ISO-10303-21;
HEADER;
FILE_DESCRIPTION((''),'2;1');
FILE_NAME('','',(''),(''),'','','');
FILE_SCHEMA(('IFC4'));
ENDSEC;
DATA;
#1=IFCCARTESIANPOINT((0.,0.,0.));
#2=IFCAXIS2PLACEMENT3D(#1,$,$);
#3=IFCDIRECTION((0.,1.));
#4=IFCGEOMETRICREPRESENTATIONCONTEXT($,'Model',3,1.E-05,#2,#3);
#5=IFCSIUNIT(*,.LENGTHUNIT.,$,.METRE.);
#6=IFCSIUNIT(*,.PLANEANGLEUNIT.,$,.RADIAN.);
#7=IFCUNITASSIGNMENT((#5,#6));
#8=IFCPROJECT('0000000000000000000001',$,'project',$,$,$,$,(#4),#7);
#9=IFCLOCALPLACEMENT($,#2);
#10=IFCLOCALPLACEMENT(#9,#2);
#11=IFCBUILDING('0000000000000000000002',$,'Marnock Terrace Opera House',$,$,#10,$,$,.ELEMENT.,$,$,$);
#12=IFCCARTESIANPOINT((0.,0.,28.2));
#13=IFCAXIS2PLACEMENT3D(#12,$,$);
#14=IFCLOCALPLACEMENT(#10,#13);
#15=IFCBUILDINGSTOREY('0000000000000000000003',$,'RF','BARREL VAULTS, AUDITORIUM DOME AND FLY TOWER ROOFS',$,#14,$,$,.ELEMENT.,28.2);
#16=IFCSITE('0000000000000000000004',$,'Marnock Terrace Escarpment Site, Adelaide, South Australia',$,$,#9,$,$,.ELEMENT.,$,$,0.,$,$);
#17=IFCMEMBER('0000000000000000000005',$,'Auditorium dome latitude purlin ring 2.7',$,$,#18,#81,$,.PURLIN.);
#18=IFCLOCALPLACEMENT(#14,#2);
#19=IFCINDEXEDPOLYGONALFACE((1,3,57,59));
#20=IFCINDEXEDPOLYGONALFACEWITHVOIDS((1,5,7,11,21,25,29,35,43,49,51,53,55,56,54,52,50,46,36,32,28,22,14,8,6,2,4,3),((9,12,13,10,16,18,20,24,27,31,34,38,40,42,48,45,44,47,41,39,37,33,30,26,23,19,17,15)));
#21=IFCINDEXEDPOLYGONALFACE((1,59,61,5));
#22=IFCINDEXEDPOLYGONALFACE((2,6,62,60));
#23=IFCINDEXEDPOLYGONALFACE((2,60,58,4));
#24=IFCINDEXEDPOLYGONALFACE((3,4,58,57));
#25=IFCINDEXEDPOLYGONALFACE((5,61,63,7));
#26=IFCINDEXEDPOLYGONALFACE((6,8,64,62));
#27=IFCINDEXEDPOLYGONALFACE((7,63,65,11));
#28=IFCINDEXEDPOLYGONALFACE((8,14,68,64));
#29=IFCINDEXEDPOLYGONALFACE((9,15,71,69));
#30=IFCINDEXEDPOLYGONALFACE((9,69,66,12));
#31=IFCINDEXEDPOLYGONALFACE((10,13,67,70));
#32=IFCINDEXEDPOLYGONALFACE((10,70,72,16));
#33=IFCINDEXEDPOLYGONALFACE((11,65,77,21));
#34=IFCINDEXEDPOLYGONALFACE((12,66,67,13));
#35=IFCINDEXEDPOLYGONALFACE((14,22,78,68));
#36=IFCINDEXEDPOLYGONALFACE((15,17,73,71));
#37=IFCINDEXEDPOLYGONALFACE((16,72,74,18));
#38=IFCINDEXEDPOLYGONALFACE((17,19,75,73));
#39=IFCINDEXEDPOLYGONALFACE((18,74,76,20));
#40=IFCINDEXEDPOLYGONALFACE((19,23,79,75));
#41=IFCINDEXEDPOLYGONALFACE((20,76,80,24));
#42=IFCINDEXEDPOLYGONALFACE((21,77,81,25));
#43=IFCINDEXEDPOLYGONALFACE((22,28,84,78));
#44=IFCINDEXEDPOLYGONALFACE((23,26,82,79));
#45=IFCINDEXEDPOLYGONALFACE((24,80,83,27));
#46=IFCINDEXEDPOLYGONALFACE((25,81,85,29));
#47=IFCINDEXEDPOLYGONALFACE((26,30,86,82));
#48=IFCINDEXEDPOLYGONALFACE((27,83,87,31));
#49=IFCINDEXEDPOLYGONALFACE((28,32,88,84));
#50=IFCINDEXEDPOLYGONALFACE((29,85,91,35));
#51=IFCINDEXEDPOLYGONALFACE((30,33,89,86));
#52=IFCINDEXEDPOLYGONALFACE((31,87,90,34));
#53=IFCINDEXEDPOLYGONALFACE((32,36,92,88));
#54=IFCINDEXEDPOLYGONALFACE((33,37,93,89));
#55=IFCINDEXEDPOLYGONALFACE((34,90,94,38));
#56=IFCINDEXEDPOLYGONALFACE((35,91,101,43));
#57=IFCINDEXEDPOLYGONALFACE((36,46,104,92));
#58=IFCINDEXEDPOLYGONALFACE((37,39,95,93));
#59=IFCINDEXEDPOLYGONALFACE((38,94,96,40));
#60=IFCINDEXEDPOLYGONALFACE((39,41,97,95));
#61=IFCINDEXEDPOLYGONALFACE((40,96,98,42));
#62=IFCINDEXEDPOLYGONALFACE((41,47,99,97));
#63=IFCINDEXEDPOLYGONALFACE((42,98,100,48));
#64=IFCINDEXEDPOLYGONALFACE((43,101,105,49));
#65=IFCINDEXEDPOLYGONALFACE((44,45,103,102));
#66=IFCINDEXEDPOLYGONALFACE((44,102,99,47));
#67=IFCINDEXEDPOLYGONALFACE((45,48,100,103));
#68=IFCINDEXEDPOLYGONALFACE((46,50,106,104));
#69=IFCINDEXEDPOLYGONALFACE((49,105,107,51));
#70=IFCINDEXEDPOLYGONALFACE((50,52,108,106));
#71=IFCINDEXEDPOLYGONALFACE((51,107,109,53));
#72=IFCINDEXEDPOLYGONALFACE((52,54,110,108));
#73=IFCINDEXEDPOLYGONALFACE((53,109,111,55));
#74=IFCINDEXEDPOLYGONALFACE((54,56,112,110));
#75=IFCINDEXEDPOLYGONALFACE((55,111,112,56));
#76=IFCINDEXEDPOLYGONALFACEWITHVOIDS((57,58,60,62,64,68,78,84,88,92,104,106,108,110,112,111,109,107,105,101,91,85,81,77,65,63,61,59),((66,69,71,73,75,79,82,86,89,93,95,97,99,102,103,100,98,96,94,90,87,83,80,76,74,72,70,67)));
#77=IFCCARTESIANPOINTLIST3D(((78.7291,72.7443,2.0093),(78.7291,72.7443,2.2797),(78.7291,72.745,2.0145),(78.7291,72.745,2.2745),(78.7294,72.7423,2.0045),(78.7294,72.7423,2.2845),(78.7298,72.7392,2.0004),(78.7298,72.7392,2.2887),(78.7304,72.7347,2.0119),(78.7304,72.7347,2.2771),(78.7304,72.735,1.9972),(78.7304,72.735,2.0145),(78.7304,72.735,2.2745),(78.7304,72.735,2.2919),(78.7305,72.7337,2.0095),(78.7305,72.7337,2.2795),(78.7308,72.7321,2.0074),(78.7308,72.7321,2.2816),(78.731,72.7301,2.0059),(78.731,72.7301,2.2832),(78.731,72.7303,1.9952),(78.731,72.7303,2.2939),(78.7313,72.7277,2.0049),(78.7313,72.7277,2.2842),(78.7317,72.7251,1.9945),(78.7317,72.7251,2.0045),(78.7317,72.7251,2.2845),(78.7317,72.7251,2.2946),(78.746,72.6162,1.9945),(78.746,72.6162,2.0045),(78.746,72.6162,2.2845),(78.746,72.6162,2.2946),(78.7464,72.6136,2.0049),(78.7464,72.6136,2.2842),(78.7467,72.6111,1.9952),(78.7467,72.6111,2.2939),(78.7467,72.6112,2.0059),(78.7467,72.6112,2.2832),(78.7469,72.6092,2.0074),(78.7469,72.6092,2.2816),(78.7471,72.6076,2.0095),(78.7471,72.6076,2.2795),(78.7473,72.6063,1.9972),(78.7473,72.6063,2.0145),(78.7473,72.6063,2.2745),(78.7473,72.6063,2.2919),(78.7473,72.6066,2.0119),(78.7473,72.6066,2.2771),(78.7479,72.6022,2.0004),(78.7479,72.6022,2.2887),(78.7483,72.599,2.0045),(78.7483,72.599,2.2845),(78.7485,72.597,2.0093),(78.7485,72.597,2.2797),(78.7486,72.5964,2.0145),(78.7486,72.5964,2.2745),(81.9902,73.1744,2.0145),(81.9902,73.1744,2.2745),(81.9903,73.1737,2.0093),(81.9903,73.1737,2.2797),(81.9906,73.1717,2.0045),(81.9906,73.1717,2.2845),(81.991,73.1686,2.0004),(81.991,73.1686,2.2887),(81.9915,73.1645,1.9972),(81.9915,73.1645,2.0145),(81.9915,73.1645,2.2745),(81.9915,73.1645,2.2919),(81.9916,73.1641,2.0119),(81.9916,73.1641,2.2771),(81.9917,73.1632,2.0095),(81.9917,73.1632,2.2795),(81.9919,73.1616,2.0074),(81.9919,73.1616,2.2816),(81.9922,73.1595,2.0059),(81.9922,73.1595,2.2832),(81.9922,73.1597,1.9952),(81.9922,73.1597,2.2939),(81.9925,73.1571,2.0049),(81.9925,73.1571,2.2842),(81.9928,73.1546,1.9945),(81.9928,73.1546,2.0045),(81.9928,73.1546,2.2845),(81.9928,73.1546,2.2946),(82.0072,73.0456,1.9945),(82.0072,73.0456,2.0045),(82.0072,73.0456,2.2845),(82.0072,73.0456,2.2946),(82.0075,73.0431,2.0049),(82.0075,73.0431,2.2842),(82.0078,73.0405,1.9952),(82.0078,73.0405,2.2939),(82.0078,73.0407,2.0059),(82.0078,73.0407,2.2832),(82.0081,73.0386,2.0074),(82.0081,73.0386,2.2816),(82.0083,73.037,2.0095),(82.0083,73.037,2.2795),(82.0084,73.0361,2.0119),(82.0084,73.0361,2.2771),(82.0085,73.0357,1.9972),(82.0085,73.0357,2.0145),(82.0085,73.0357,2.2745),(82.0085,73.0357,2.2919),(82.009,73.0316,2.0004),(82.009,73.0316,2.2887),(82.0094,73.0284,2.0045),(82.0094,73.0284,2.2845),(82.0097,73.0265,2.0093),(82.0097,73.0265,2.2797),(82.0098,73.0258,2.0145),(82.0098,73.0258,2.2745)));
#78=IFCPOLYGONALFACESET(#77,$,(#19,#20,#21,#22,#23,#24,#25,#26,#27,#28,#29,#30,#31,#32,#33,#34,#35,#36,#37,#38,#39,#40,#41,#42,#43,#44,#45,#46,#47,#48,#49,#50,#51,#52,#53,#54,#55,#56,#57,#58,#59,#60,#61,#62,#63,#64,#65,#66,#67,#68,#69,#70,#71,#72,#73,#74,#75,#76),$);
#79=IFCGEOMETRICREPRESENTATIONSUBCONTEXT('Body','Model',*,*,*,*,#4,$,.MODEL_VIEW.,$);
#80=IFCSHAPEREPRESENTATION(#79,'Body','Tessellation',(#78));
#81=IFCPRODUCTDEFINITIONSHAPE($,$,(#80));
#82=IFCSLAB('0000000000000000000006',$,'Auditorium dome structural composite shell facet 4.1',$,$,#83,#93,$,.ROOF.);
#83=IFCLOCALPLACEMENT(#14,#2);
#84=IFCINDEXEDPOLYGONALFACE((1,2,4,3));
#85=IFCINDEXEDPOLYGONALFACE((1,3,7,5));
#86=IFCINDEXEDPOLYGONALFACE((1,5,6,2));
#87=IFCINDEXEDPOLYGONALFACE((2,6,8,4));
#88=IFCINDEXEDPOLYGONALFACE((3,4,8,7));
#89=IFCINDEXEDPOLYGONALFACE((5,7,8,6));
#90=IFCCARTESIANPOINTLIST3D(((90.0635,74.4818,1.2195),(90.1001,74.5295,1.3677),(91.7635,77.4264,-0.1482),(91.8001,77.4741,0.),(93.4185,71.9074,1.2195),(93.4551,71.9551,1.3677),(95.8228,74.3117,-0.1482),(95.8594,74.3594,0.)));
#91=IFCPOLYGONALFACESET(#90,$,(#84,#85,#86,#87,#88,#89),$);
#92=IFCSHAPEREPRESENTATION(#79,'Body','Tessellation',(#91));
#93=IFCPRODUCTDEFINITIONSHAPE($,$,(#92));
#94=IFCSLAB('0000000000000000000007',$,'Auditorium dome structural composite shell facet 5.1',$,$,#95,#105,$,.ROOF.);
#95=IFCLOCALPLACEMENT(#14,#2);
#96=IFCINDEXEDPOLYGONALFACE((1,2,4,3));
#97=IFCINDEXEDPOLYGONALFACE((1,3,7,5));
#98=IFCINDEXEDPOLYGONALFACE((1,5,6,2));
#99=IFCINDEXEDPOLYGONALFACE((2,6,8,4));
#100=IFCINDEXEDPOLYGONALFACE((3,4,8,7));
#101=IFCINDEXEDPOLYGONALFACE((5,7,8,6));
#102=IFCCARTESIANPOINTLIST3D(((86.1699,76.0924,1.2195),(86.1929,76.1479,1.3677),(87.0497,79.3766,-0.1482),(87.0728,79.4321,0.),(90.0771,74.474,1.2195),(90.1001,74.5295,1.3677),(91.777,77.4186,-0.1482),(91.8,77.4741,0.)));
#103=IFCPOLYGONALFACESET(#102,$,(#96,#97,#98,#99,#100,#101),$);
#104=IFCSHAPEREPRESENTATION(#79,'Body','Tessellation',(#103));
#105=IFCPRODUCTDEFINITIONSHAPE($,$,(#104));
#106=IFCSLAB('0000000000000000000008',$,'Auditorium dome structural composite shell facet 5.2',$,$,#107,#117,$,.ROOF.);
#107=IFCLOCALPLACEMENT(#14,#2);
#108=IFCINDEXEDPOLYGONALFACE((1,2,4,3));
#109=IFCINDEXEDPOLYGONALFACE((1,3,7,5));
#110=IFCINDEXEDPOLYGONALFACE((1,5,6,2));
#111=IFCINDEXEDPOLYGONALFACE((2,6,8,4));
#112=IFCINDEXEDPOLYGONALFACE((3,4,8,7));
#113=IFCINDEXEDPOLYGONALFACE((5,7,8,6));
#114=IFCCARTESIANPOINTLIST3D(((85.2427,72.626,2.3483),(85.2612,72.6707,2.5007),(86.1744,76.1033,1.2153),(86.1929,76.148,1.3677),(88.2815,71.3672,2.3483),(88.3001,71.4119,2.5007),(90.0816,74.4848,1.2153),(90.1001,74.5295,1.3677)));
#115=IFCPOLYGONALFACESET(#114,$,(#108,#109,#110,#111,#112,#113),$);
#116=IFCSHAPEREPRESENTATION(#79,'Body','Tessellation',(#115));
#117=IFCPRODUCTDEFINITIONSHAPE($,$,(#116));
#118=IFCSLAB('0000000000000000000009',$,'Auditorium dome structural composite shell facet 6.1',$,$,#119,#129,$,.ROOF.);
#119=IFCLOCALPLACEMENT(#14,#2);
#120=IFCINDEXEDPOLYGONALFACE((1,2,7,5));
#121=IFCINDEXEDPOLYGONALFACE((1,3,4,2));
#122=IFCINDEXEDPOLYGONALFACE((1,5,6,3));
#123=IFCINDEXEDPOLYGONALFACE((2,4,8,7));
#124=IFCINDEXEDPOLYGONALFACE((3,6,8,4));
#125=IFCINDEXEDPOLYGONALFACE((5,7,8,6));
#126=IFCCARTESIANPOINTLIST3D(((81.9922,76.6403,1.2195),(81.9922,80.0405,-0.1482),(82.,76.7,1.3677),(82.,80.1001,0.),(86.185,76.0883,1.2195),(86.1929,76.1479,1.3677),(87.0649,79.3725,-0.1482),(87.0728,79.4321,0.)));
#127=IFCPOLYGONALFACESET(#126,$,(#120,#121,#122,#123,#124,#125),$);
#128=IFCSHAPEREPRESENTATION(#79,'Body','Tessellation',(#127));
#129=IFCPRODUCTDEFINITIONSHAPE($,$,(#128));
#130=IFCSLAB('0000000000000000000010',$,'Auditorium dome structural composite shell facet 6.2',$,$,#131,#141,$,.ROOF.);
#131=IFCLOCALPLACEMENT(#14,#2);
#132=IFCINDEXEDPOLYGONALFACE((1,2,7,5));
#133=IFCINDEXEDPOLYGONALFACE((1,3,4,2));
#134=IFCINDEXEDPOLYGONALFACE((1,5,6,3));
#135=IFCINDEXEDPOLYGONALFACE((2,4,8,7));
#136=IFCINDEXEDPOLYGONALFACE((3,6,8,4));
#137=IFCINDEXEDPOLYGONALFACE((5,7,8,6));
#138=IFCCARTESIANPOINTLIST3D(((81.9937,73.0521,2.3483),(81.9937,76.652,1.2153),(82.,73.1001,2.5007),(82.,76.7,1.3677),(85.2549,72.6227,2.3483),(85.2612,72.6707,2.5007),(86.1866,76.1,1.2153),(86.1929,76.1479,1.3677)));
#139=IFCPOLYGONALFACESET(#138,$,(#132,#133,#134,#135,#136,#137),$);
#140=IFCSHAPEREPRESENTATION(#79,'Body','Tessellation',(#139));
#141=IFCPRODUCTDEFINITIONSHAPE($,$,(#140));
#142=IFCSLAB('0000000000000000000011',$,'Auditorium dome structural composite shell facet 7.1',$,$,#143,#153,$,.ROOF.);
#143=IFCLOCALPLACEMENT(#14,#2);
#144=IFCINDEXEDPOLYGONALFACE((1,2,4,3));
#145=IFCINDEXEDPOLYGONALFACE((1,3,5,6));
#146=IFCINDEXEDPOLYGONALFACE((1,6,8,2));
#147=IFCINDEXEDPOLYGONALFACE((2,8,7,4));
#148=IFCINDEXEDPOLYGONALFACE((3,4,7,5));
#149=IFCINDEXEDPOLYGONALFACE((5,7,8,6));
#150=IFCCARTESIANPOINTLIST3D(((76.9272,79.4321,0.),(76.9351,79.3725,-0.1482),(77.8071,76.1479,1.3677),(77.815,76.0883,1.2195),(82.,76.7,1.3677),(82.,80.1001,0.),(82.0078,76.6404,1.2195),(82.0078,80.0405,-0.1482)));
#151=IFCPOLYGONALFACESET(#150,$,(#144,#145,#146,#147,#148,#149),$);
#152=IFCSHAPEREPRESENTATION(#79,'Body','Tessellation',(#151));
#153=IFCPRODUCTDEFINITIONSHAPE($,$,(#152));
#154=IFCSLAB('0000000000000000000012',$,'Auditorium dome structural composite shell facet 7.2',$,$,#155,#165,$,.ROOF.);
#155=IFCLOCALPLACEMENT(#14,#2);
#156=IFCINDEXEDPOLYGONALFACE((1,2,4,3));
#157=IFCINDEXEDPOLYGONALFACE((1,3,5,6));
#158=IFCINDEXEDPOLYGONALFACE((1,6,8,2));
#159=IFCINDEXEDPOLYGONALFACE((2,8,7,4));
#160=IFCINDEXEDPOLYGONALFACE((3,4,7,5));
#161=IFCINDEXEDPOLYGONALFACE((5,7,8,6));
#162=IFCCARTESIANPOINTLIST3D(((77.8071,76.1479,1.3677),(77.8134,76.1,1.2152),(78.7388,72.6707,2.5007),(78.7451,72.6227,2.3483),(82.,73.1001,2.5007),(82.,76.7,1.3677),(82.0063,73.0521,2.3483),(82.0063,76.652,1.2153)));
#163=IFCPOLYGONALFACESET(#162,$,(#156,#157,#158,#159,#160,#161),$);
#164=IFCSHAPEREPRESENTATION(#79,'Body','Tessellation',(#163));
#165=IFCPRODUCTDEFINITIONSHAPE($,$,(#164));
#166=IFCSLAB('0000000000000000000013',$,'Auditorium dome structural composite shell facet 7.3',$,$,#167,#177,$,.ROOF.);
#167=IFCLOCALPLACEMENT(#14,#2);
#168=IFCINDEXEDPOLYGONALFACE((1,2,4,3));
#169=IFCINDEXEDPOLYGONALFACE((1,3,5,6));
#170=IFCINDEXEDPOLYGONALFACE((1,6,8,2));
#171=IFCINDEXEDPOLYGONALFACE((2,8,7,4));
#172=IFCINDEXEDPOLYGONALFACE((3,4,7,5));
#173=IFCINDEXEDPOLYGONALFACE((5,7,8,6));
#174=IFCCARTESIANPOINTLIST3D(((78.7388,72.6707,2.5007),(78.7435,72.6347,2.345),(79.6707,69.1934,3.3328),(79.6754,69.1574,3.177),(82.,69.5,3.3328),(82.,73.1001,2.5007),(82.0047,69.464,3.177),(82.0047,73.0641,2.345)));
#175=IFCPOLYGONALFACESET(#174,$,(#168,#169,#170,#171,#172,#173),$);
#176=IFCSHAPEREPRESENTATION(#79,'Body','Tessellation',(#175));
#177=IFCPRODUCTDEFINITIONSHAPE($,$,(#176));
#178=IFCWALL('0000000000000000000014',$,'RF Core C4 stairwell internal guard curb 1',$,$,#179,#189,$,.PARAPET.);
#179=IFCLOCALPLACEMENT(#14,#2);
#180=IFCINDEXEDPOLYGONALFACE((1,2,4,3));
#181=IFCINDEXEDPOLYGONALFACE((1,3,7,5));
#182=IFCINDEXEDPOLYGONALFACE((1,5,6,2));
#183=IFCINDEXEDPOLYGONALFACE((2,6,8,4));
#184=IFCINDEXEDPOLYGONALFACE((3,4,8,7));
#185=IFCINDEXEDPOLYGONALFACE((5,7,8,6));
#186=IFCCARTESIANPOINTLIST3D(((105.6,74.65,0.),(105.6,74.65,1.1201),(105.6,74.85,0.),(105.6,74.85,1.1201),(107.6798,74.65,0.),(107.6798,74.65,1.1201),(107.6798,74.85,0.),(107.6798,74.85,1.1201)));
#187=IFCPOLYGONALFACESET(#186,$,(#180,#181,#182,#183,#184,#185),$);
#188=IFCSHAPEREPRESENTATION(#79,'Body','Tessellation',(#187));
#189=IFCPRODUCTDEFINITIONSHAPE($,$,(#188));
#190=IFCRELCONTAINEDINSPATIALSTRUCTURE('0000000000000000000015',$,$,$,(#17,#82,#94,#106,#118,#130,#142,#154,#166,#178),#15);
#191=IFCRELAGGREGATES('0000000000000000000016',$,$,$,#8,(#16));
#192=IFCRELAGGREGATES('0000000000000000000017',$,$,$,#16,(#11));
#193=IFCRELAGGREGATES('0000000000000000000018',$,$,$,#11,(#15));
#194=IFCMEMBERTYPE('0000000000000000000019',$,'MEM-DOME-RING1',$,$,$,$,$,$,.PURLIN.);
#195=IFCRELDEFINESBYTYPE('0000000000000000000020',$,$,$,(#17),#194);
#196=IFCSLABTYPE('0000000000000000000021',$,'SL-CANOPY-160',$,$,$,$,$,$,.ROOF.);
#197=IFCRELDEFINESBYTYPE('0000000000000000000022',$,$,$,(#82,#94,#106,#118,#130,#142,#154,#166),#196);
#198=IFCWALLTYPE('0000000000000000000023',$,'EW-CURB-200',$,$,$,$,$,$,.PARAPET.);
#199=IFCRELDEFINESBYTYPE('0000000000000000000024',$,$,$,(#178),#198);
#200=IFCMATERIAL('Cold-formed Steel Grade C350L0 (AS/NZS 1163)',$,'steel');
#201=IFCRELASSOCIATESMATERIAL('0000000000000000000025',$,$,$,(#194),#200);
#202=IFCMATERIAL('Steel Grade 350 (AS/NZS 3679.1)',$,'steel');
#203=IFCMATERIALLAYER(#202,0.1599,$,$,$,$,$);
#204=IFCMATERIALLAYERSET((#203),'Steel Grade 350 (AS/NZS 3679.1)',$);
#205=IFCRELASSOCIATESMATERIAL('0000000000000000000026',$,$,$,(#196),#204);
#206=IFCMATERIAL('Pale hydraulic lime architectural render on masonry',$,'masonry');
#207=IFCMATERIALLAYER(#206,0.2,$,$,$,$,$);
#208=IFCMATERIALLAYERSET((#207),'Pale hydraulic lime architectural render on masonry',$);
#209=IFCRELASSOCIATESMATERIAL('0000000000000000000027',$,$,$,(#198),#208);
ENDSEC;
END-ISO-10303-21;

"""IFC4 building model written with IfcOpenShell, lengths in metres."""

from ifc_helpers import new_model, si_unit, direction, frame, frame_2d, origin, origin_2d, place, context, subcontext, project, spatial, polyline, rectangle, hollow_rectangle, outline, extrude, material, layer, layer_set, material_profile, profile_set, type_object, element, save


model = new_model("IFC4")

# Units and contexts
model_context = context("Model", 3, precision=1e-05, world=origin(), true_north=direction((0.0, 1.0)))
body_context = subcontext(model_context, "Body", "Model", "MODEL_VIEW")
ifc_project = project(units=[si_unit("LENGTHUNIT", "METRE"), si_unit("PLANEANGLEUNIT", "RADIAN")], contexts=[model_context])

# Site, building, storey
site_placement = place(None, origin())
site = spatial("IfcSite", under=ifc_project, at=site_placement, Name="Marnock Terrace Escarpment Site, Adelaide, South Australia", CompositionType="ELEMENT", RefElevation=0.0)
building_placement = place(site_placement, origin())
building = spatial("IfcBuilding", under=site, at=building_placement, Name="Marnock Terrace Opera House", CompositionType="ELEMENT")
storey_placement = place(building_placement, frame((0.0, 0.0, 28.2)))
storey = spatial("IfcBuildingStorey", under=building, at=storey_placement, Name="RF", Description="BARREL VAULTS, AUDITORIUM DOME AND FLY TOWER ROOFS", CompositionType="ELEMENT", Elevation=28.2)

# Shared definitions
ifc_material_1 = material(Name="Steel Grade 350 (AS/NZS 3679.1)", Category="steel")

# Member
ifc_material_2 = material(Name="Cold-formed Steel Grade C350L0 (AS/NZS 1163)", Category="steel")
ifc_material_profile_1 = material_profile(ifc_material_2, hollow_rectangle(XDim=0.1499, YDim=0.3, WallThickness=0.01, InnerFilletRadius=0.01, OuterFilletRadius=0.02, at=origin_2d()))
ifc_profile_set_1 = profile_set([ifc_material_profile_1], Name="Cold-formed Steel Grade C350L0 (AS/NZS 1163)")
member_type_1 = type_object("IfcMemberType", Name="MEM-DOME-RING1", PredefinedType="PURLIN", material=ifc_profile_set_1)
member_1_placement = place(storey_placement, frame((82.0, 73.1001, 2.1445), z_axis=(-0.991441, -0.130554, 0.0), x_axis=(0.130554, -0.991441, 0.0)))
element("IfcMember", 1, at=member_1_placement, inside=storey, type_object=member_type_1, Name="Auditorium dome latitude purlin ring 2.7", PredefinedType="PURLIN", context=body_context, shape_type="SweptSolid", body=[
    extrude(hollow_rectangle(XDim=0.1499, YDim=0.3, WallThickness=0.01, InnerFilletRadius=0.01, OuterFilletRadius=0.02, at=origin_2d()), origin(), (0.0, 0.0, 1.0), 3.2893),
])

# Slabs
ifc_layer_1 = layer(ifc_material_1, 0.1599)
ifc_layer_set_1 = layer_set([ifc_layer_1], Name="Steel Grade 350 (AS/NZS 3679.1)")
slab_type = type_object("IfcSlabType", Name="SL-CANOPY-160", PredefinedType="ROOF", material=ifc_layer_set_1)
slab_1_placement = place(storey_placement, frame((95.8594, 74.3594, 0.0), z_axis=(0.228865, 0.298262, 0.926639), x_axis=(-0.79336, 0.608753, 0.000005)))
element("IfcSlab", 2, at=slab_1_placement, inside=storey, type_object=slab_type, Name="Auditorium dome structural composite shell facet 4.1", PredefinedType="ROOF", context=body_context, shape_type="SweptSolid", body=[
    extrude(outline(polyline([(0.0, 0.0), (5.1166, 0.0), (4.6728, 3.6378), (0.4439, 3.638), (0.0, 0.0)])), origin(), (0.0, 0.0, -1.0), 0.1599),
])
slab_2_placement = place(storey_placement, frame((91.8, 77.4741, 0.0), z_axis=(0.143869, 0.347343, 0.926636), x_axis=(-0.923886, 0.382667, 0.000002)))
element("IfcSlab", 3, at=slab_2_placement, inside=storey, type_object=slab_type, Name="Auditorium dome structural composite shell facet 5.1", PredefinedType="ROOF", context=body_context, shape_type="SweptSolid", body=[
    extrude(outline(polyline([(0.0, 0.0), (5.1167, 0.0), (4.6729, 3.6378), (0.4438, 3.6379), (0.0, 0.0)])), origin(), (0.0, 0.0, -1.0), 0.1599),
])
slab_3_placement = place(storey_placement, frame((90.1001, 74.5295, 1.3677), z_axis=(0.115793, 0.279543, 0.953125), x_axis=(-0.923881, 0.382681, 0.000003)))
element("IfcSlab", 4, at=slab_3_placement, inside=storey, type_object=slab_type, Name="Auditorium dome structural composite shell facet 5.2", PredefinedType="ROOF", context=body_context, shape_type="SweptSolid", body=[
    extrude(outline(polyline([(0.0, 0.0), (4.2291, 0.0), (3.7592, 3.7447), (0.47, 3.7447), (0.0, 0.0)])), origin(), (0.0, 0.0, -1.0), 0.1599),
])
slab_4_placement = place(storey_placement, frame((87.0728, 79.4321, 0.0), z_axis=(0.049077, 0.372738, 0.926638), x_axis=(-0.991442, 0.130549, -0.000004)))
element("IfcSlab", 5, at=slab_4_placement, inside=storey, type_object=slab_type, Name="Auditorium dome structural composite shell facet 6.1", PredefinedType="ROOF", context=body_context, shape_type="SweptSolid", body=[
    extrude(outline(polyline([(0.0, 0.0), (5.1165, 0.0), (4.6727, 3.6379), (0.4436, 3.6378), (0.0, 0.0)])), origin(), (0.0, 0.0, -1.0), 0.1599),
])
slab_5_placement = place(storey_placement, frame((86.1929, 76.1479, 1.3677), z_axis=(0.039498, 0.299992, 0.953124), x_axis=(-0.991445, 0.130527, 0.000004)))
element("IfcSlab", 6, at=slab_5_placement, inside=storey, type_object=slab_type, Name="Auditorium dome structural composite shell facet 6.2", PredefinedType="ROOF", context=body_context, shape_type="SweptSolid", body=[
    extrude(outline(polyline([(0.0, 0.0), (4.2291, 0.0), (3.7592, 3.7446), (0.4698, 3.7447), (0.0, 0.0)])), origin(), (0.0, 0.0, -1.0), 0.1599),
])
slab_6_placement = place(storey_placement, frame((82.0, 80.1001, 0.0), z_axis=(-0.049077, 0.372738, 0.926638), x_axis=(-0.991442, -0.130549, 0.000004)))
element("IfcSlab", 7, at=slab_6_placement, inside=storey, type_object=slab_type, Name="Auditorium dome structural composite shell facet 7.1", PredefinedType="ROOF", context=body_context, shape_type="SweptSolid", body=[
    extrude(outline(polyline([(0.0, 0.0), (5.1165, 0.0), (4.6729, 3.6378), (0.4439, 3.6379), (0.0, 0.0)])), origin(), (0.0, 0.0, -1.0), 0.1599),
])
slab_7_placement = place(storey_placement, frame((82.0, 76.7, 1.3677), z_axis=(-0.039498, 0.299992, 0.953124), x_axis=(-0.991445, -0.130527, -0.000004)))
element("IfcSlab", 8, at=slab_7_placement, inside=storey, type_object=slab_type, Name="Auditorium dome structural composite shell facet 7.2", PredefinedType="ROOF", context=body_context, shape_type="SweptSolid", body=[
    extrude(outline(polyline([(0.0, 0.0), (4.2291, 0.0), (3.7593, 3.7447), (0.4699, 3.7446), (0.0, 0.0)])), origin(), (0.0, 0.0, -1.0), 0.1599),
])
slab_8_placement = place(storey_placement, frame((82.0, 73.1001, 2.5007), z_axis=(-0.029635, 0.225082, 0.973889), x_axis=(-0.991441, -0.130554, 0.000004)))
element("IfcSlab", 9, at=slab_8_placement, inside=storey, type_object=slab_type, Name="Auditorium dome structural composite shell facet 7.3", PredefinedType="ROOF", context=body_context, shape_type="SweptSolid", body=[
    extrude(outline(polyline([(0.0, 0.0), (3.2894, 0.0), (2.8195, 3.6649), (0.47, 3.665), (0.0, 0.0)])), origin(), (0.0, 0.0, -1.0), 0.1599),
])

# Wall
ifc_material_3 = material(Name="Pale hydraulic lime architectural render on masonry", Category="masonry")
ifc_layer_2 = layer(ifc_material_3, 0.2)
ifc_layer_set_2 = layer_set([ifc_layer_2], Name="Pale hydraulic lime architectural render on masonry")
wall_type_1 = type_object("IfcWallType", Name="EW-CURB-200", PredefinedType="PARAPET", material=ifc_layer_set_2)
wall_1_placement = place(storey_placement, frame((107.6799, 74.75, 0.0), z_axis=(0.0, 0.0, 1.0), x_axis=(-1.0, 0.0, 0.0)))
element("IfcWall", 10, at=wall_1_placement, inside=storey, type_object=wall_type_1, Name="RF Core C4 stairwell internal guard curb 1", PredefinedType="PARAPET", context=body_context, shape_type="SweptSolid", body=[
    extrude(rectangle(XDim=2.0798, YDim=0.2, at=frame_2d((1.04, 0.0))), origin(), (0.0, 0.0, 1.0), 1.1201),
])

save(model, "model.ifc")
